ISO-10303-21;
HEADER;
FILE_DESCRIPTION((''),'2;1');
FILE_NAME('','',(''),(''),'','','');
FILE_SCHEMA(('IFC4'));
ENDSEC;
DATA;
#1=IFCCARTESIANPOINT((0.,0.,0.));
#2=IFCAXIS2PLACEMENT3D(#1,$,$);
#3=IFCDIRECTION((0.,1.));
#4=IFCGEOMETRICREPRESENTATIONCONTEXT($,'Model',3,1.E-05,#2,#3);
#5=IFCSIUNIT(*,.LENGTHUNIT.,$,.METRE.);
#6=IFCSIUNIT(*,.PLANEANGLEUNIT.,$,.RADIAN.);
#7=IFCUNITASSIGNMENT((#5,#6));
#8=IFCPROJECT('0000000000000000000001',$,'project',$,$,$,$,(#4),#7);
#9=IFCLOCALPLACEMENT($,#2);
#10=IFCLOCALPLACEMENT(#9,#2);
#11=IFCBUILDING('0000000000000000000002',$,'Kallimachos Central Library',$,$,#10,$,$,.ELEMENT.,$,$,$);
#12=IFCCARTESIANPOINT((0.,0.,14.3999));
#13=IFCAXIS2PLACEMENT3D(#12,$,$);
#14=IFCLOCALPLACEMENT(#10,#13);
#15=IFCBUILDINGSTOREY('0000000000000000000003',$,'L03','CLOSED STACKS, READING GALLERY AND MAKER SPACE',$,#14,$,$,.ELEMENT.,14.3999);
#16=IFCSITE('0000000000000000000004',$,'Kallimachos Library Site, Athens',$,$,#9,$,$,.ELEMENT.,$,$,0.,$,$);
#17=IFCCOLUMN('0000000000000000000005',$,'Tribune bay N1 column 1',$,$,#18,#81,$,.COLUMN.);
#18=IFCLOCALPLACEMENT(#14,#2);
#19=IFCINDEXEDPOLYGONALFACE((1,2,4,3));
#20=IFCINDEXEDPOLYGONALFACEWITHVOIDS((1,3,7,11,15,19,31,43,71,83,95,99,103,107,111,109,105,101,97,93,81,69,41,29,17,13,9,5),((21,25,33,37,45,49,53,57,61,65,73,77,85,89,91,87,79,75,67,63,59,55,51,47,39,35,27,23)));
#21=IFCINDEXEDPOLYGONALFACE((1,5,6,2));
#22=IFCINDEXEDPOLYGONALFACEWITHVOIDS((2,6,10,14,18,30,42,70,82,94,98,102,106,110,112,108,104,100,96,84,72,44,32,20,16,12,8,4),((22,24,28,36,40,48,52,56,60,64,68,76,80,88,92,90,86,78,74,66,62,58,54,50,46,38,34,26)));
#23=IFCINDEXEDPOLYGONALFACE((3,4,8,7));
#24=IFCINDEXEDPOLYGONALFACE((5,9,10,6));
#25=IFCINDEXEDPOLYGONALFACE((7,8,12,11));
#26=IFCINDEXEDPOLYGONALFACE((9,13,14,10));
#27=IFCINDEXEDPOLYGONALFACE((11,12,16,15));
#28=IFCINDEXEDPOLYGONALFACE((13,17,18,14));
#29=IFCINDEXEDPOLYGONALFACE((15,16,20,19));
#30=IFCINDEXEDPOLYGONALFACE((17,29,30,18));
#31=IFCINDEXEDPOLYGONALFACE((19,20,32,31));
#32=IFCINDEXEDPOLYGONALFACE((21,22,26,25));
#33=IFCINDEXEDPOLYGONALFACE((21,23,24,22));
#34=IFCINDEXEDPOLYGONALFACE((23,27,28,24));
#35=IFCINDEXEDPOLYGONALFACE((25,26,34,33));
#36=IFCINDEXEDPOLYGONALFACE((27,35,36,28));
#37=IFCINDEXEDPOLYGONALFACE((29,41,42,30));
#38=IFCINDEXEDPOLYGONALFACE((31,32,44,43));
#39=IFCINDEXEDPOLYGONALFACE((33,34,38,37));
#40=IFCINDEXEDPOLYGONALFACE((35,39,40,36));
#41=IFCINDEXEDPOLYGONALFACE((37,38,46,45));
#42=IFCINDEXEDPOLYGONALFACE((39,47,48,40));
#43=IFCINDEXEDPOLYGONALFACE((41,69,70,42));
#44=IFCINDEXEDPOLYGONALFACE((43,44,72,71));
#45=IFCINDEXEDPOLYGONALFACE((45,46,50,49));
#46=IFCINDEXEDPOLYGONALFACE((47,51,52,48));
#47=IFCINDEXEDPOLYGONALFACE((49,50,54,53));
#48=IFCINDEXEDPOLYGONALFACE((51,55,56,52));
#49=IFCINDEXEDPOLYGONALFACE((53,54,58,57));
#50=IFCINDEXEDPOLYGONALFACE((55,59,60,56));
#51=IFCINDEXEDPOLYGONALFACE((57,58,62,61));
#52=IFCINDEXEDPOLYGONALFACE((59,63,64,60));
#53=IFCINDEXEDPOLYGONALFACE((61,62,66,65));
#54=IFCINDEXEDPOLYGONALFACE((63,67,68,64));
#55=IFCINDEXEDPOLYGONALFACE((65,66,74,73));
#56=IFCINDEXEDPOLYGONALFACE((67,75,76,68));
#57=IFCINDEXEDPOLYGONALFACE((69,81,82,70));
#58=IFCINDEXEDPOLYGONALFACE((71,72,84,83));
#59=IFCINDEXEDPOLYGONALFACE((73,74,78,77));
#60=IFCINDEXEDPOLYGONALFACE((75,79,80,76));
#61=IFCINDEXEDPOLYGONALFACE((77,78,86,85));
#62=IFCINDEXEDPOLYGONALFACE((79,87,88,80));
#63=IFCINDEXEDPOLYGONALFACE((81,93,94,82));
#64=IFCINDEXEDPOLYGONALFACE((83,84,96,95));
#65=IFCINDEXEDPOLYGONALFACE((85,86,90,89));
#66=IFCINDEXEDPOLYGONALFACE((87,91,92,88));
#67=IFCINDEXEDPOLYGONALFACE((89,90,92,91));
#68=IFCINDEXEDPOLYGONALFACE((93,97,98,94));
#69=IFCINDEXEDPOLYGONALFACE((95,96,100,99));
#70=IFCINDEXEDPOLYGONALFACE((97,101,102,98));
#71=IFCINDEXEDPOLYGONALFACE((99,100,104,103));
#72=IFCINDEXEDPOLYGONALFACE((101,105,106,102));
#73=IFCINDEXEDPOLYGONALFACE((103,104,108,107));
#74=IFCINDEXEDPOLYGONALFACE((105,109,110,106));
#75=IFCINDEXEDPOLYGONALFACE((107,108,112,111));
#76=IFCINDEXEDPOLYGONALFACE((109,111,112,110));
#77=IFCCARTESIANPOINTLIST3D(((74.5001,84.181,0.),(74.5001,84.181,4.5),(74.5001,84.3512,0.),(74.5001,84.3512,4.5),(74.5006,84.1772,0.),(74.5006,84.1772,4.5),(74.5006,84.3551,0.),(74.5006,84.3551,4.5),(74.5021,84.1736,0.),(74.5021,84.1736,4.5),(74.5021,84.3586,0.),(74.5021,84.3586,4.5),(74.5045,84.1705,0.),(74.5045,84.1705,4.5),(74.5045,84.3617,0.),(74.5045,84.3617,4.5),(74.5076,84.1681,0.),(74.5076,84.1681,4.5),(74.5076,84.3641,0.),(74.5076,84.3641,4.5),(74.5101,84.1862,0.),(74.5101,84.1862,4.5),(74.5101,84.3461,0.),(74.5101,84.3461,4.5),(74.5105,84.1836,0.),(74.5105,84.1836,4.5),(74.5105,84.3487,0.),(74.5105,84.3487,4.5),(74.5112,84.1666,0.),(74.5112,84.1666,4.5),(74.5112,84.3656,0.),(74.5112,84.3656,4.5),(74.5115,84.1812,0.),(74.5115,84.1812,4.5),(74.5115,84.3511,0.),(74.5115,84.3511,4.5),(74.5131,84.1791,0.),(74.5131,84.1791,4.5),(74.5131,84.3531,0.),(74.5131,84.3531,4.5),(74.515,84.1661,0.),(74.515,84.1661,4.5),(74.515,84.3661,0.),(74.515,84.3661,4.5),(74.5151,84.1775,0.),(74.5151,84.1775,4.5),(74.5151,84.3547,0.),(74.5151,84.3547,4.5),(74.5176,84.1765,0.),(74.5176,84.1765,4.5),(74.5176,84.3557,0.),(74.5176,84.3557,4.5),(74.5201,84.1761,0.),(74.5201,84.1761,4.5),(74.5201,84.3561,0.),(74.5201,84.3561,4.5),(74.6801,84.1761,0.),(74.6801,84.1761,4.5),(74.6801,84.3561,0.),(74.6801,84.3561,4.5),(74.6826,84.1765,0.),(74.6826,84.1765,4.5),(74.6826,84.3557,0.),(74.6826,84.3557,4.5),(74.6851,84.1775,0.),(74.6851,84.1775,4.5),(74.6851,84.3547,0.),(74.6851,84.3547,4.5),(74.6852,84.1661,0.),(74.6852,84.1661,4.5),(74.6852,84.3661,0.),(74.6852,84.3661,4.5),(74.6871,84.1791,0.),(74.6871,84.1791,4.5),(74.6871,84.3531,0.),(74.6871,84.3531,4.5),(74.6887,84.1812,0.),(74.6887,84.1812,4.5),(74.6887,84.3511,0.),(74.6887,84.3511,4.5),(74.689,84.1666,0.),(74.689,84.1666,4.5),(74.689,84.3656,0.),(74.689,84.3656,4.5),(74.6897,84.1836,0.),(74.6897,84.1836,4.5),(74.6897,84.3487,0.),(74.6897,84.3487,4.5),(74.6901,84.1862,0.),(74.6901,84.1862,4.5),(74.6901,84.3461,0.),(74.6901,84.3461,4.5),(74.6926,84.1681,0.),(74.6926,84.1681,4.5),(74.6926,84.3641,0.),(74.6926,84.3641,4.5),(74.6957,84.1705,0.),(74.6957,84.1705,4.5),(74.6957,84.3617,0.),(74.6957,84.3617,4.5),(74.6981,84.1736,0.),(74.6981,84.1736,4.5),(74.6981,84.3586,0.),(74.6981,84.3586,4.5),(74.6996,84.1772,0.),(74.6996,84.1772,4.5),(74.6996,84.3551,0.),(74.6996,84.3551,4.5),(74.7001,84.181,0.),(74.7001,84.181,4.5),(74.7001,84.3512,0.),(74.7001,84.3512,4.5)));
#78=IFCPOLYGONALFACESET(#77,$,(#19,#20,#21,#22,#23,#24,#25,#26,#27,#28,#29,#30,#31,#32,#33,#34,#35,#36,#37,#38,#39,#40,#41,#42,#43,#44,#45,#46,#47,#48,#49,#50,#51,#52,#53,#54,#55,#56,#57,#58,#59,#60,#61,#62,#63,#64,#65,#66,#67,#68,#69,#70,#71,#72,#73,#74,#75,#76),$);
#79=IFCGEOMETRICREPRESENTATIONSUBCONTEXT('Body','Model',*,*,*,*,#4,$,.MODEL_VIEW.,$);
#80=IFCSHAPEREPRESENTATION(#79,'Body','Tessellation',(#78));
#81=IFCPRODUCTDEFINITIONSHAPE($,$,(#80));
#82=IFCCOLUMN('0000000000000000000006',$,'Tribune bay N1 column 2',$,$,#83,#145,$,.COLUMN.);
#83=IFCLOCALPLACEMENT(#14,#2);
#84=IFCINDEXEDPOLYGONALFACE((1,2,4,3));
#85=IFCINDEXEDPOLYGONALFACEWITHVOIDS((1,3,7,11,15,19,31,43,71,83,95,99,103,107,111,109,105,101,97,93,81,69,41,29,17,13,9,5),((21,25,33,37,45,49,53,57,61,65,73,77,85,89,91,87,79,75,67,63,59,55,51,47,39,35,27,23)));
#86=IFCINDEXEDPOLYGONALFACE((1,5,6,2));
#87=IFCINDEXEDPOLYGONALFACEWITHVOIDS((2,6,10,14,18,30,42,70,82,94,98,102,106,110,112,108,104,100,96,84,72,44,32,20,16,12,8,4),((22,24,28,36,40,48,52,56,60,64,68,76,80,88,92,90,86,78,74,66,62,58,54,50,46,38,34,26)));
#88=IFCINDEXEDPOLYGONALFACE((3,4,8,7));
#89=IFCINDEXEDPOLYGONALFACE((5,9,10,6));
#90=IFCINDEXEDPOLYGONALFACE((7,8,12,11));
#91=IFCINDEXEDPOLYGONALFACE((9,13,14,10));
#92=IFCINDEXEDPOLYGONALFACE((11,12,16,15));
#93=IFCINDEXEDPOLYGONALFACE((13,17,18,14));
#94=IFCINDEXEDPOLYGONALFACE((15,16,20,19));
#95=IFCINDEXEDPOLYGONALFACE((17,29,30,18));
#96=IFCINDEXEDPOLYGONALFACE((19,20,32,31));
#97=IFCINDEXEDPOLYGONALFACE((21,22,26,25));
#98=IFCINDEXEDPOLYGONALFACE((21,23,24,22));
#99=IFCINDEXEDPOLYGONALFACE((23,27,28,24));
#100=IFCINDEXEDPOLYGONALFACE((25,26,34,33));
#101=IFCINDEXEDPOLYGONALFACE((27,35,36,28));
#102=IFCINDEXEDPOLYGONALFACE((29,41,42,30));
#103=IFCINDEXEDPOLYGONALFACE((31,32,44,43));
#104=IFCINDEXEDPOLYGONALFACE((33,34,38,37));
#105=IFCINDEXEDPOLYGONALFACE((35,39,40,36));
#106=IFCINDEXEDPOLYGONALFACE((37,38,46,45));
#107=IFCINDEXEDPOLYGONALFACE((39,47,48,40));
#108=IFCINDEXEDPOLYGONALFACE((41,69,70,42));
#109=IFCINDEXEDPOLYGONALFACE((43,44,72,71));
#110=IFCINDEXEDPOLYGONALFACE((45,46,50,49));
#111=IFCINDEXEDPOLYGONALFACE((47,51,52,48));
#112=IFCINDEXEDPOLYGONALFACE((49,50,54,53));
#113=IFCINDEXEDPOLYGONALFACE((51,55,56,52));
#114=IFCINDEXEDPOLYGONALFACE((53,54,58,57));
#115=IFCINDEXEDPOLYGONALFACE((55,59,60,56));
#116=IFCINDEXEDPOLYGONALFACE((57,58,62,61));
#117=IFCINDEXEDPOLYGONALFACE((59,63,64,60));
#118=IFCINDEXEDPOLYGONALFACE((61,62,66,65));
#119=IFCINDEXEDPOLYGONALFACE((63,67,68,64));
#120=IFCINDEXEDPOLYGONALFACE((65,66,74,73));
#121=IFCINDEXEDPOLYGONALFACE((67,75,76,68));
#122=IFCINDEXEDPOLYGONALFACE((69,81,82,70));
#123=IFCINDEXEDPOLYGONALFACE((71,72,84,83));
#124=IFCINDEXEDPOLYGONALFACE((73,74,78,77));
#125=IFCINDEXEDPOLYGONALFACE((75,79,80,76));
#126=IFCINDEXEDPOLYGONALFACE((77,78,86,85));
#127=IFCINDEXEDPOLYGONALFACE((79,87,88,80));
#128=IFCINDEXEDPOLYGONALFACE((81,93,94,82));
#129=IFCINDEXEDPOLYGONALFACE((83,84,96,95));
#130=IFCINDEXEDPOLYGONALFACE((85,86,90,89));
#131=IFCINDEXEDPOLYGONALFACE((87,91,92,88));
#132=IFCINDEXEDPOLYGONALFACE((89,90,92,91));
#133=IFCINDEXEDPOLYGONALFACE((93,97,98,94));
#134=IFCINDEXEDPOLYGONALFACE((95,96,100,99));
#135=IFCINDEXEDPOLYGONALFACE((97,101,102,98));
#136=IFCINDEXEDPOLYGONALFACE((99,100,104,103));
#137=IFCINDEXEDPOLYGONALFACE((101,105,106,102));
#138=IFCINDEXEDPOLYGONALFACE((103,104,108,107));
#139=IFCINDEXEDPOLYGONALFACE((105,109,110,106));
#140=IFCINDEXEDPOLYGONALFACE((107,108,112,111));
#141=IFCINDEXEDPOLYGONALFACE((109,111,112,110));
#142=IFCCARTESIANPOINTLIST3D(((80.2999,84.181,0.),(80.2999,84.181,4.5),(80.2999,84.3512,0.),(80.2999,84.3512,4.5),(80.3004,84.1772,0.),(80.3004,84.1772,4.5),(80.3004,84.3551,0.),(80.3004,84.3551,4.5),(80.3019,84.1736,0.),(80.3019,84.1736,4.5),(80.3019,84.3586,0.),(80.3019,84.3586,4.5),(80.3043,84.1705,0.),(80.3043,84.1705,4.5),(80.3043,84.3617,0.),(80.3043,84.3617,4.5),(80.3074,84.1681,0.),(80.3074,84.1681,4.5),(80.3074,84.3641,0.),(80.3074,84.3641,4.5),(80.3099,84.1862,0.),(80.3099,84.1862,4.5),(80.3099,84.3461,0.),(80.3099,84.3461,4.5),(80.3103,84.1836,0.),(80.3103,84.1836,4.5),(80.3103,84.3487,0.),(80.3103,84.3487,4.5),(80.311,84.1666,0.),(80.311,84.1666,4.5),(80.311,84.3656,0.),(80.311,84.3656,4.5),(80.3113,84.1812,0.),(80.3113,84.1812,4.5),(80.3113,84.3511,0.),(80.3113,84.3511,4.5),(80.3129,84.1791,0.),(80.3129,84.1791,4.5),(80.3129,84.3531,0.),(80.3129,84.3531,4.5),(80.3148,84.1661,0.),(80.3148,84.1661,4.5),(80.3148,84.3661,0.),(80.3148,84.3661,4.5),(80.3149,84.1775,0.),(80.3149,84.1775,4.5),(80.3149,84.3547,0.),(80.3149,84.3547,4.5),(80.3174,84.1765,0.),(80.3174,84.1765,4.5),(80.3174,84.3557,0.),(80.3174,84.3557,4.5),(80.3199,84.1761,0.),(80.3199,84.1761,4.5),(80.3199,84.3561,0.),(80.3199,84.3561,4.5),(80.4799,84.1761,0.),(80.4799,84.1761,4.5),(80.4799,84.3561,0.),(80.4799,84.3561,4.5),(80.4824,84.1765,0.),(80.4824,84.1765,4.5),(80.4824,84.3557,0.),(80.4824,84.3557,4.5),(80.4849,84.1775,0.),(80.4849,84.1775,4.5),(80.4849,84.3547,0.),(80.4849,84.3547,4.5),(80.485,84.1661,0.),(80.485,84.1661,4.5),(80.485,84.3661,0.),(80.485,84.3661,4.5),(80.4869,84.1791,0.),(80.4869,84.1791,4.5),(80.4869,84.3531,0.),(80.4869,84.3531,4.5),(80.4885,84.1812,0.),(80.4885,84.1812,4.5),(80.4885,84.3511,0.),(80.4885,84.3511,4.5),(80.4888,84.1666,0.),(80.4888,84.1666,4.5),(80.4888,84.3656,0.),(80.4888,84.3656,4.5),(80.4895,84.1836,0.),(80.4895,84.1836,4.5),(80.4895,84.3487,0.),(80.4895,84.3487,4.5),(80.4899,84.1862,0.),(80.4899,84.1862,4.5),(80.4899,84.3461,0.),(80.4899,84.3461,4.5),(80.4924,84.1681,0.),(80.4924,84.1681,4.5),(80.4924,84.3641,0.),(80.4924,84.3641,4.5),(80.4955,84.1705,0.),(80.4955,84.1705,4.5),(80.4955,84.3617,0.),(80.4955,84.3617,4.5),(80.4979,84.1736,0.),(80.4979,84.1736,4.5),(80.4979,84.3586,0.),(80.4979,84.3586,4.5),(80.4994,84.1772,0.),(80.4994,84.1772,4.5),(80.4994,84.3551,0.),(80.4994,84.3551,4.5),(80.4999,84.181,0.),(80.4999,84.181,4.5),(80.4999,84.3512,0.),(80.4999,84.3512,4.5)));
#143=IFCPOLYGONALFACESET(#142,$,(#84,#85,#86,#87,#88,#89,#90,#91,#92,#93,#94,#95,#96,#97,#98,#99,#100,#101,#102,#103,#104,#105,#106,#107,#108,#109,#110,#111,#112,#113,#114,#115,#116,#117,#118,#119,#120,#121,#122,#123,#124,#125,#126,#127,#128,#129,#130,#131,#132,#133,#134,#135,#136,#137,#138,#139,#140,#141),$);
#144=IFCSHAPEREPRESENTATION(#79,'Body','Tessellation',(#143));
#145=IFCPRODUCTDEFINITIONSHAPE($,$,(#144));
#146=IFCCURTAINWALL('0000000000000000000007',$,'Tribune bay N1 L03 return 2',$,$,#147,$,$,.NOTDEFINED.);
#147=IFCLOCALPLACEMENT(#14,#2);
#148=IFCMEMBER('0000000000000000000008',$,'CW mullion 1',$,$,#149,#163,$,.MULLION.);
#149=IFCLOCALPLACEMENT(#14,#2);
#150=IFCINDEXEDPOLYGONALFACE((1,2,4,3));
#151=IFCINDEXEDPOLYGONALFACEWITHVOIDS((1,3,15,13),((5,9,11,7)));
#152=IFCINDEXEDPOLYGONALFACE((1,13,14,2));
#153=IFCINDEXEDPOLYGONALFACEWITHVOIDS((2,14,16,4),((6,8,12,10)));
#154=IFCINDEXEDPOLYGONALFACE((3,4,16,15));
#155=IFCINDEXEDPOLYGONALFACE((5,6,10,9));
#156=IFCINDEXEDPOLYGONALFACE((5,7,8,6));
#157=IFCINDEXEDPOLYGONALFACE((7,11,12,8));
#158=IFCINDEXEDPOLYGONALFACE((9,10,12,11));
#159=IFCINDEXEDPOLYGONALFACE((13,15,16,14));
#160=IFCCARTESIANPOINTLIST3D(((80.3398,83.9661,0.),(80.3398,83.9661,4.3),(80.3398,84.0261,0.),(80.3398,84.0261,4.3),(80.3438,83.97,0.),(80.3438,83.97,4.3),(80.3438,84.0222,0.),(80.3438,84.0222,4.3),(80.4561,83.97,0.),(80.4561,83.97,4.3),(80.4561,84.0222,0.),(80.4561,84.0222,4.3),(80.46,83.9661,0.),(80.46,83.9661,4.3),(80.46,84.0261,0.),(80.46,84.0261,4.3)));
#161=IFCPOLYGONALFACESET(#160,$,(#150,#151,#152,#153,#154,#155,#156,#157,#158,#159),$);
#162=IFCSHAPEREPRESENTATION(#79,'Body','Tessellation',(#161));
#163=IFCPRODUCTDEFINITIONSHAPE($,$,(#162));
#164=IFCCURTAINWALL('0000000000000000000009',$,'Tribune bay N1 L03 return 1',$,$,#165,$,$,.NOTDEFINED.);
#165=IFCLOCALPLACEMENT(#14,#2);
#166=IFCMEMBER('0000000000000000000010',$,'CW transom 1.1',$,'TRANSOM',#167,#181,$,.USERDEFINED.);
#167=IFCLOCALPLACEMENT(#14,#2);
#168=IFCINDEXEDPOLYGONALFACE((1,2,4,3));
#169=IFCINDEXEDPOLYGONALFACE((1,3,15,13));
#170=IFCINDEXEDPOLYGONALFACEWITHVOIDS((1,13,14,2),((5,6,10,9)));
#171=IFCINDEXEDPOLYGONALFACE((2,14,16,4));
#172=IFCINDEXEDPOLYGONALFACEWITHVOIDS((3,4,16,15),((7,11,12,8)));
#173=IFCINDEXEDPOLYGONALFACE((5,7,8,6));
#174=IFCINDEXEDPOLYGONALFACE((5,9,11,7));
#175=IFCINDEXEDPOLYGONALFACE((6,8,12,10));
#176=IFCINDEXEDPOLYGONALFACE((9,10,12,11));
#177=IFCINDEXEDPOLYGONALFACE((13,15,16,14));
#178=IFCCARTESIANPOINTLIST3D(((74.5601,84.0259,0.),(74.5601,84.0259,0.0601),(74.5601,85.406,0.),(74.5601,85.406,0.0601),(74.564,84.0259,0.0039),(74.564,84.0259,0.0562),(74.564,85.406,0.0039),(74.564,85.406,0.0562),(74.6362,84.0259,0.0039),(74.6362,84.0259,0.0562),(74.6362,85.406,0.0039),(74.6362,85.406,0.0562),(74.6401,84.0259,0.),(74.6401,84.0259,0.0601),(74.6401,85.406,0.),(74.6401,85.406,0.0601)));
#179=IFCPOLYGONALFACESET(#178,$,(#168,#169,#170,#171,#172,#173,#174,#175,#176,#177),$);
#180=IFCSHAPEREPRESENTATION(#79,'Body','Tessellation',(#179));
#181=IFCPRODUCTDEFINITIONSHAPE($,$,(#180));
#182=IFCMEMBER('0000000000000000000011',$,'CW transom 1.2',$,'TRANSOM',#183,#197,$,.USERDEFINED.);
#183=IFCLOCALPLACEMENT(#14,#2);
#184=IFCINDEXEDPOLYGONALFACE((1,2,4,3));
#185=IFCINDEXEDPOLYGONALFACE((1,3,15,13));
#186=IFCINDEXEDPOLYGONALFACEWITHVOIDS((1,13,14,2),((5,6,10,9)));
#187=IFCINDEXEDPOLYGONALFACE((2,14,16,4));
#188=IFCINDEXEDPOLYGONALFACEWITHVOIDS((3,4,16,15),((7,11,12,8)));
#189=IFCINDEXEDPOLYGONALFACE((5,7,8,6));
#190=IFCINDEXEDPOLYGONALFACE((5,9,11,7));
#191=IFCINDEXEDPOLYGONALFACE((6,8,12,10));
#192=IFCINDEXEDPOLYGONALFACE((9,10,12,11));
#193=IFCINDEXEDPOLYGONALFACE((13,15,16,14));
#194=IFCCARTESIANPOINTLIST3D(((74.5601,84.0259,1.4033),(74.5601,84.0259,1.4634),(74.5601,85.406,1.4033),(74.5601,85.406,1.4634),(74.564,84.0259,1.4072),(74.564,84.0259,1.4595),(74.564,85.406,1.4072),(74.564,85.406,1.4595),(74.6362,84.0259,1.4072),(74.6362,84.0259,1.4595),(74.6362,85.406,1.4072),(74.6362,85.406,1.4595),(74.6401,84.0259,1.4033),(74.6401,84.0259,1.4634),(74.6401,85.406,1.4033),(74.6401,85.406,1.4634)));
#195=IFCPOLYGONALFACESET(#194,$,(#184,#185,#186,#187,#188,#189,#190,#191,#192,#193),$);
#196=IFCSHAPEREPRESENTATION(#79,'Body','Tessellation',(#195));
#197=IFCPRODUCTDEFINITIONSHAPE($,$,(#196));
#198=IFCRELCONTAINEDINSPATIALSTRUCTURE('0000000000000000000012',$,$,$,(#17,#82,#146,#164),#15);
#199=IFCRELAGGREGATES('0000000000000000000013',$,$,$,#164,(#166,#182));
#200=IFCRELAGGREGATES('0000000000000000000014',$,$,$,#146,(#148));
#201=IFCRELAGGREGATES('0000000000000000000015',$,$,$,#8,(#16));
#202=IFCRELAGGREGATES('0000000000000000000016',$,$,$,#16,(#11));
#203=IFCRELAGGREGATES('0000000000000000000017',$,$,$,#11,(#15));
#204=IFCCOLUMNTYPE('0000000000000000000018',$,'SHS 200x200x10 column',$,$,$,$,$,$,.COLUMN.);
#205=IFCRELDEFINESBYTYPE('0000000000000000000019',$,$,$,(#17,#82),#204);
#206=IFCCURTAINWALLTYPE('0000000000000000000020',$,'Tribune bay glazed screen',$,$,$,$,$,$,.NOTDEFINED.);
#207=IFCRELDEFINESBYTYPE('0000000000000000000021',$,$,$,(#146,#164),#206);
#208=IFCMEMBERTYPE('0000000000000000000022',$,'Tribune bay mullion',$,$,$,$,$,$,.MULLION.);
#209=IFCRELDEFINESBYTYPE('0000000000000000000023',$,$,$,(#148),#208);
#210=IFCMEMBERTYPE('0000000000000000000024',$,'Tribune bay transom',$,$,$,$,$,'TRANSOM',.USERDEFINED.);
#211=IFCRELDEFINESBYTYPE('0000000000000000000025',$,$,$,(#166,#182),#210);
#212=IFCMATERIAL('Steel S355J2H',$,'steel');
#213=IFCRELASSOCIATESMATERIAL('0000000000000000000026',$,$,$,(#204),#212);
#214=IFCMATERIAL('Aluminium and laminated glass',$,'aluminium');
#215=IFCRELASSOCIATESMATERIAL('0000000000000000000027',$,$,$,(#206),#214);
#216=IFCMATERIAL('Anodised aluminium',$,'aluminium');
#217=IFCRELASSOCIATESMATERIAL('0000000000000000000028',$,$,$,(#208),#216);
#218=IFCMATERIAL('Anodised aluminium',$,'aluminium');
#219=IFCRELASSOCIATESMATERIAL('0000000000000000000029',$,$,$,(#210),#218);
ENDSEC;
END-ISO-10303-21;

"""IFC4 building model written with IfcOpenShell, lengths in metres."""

from ifc_helpers import new_model, si_unit, direction, frame, origin, origin_2d, place, context, subcontext, project, spatial, hollow_rectangle, extrude, material, material_profile, profile_set, type_object, element, aggregate, save


model = new_model("IFC4")

# Units and contexts
model_context = context("Model", 3, precision=1e-05, world=origin(), true_north=direction((0.0, 1.0)))
body_context = subcontext(model_context, "Body", "Model", "MODEL_VIEW")
ifc_project = project(units=[si_unit("LENGTHUNIT", "METRE"), si_unit("PLANEANGLEUNIT", "RADIAN")], contexts=[model_context])

# Site, building, storey
site_placement = place(None, origin())
site = spatial("IfcSite", under=ifc_project, at=site_placement, Name="Kallimachos Library Site, Athens", CompositionType="ELEMENT", RefElevation=0.0)
building_placement = place(site_placement, origin())
building = spatial("IfcBuilding", under=site, at=building_placement, Name="Kallimachos Central Library", CompositionType="ELEMENT")
storey_placement = place(building_placement, frame((0.0, 0.0, 14.3999)))
storey = spatial("IfcBuildingStorey", under=building, at=storey_placement, Name="L03", Description="CLOSED STACKS, READING GALLERY AND MAKER SPACE", CompositionType="ELEMENT", Elevation=14.3999)

# Columns
ifc_material_1 = material(Name="Steel S355J2H", Category="steel")
ifc_material_profile_1 = material_profile(ifc_material_1, hollow_rectangle(XDim=0.2, YDim=0.2, WallThickness=0.01, InnerFilletRadius=0.01, OuterFilletRadius=0.0149, at=origin_2d()), Name="SHS 200x200x10")
ifc_profile_set_1 = profile_set([ifc_material_profile_1], Name="Steel S355J2H")
column_type = type_object("IfcColumnType", Name="SHS 200x200x10 column", PredefinedType="COLUMN", material=ifc_profile_set_1)
for number, where, z_axis, x_axis, name in (
    (1, (74.6001, 84.2661, 0.0), (0.0, 0.0, 1.0), (1.0, 0.0, 0.0), "Tribune bay N1 column 1"),
    (2, (80.3999, 84.2661, 0.0), (0.0, 0.0, 1.0), (1.0, 0.0, 0.0), "Tribune bay N1 column 2"),
):
    element("IfcColumn", number, at=place(storey_placement, frame(where, z_axis=z_axis, x_axis=x_axis)), inside=storey, type_object=column_type, Name=name, PredefinedType="COLUMN", context=body_context, shape_type="SweptSolid", body=[
        extrude(hollow_rectangle(XDim=0.2, YDim=0.2, WallThickness=0.01, InnerFilletRadius=0.01, OuterFilletRadius=0.0149, at=origin_2d()), origin(), (0.0, 0.0, 1.0), 4.5),
    ])

# Curtain wall, member
ifc_material_2 = material(Name="Aluminium and laminated glass", Category="aluminium")
curtain_wall_type = type_object("IfcCurtainWallType", Name="Tribune bay glazed screen", PredefinedType="NOTDEFINED", material=ifc_material_2)
curtain_wall_1_placement = place(storey_placement, origin())
curtain_wall_1 = element("IfcCurtainWall", 3, at=curtain_wall_1_placement, inside=storey, type_object=curtain_wall_type, Name="Tribune bay N1 L03 return 2", PredefinedType="NOTDEFINED")
ifc_material_3 = material(Name="Anodised aluminium", Category="aluminium")
ifc_material_profile_2 = material_profile(ifc_material_3, hollow_rectangle(XDim=0.0601, YDim=0.1201, WallThickness=0.0039, at=origin_2d()), Name="ALU MULLION 60x120")
ifc_profile_set_2 = profile_set([ifc_material_profile_2], Name="Anodised aluminium")
member_type_1 = type_object("IfcMemberType", Name="Tribune bay mullion", PredefinedType="MULLION", material=ifc_profile_set_2)
member_1_placement = place(storey_placement, frame((80.3999, 83.9961, 0.0), z_axis=(0.0, 0.0, 1.0), x_axis=(0.0, 1.0, 0.0)))
member_1 = element("IfcMember", 4, at=member_1_placement, type_object=member_type_1, Name="CW mullion 1", PredefinedType="MULLION", context=body_context, shape_type="SweptSolid", body=[
    extrude(hollow_rectangle(XDim=0.0601, YDim=0.1201, WallThickness=0.0039, at=origin_2d()), origin(), (0.0, 0.0, 1.0), 4.3),
])

# Curtain wall, members
curtain_wall_2_placement = place(storey_placement, origin())
curtain_wall_2 = element("IfcCurtainWall", 5, at=curtain_wall_2_placement, inside=storey, type_object=curtain_wall_type, Name="Tribune bay N1 L03 return 1", PredefinedType="NOTDEFINED")
ifc_material_4 = material(Name="Anodised aluminium", Category="aluminium")
ifc_material_profile_3 = material_profile(ifc_material_4, hollow_rectangle(XDim=0.0601, YDim=0.0801, WallThickness=0.0039, at=origin_2d()), Name="ALU TRANSOM 60x80")
ifc_profile_set_3 = profile_set([ifc_material_profile_3], Name="Anodised aluminium")
member_type_2 = type_object("IfcMemberType", Name="Tribune bay transom", ElementType="TRANSOM", PredefinedType="USERDEFINED", material=ifc_profile_set_3)
member_2_placement = place(storey_placement, frame((74.6001, 84.0259, 0.03), z_axis=(0.0, 1.0, 0.0), x_axis=(0.0, 0.0, 1.0)))
member_2 = element("IfcMember", 6, at=member_2_placement, type_object=member_type_2, Name="CW transom 1.1", ObjectType="TRANSOM", PredefinedType="USERDEFINED", context=body_context, shape_type="SweptSolid", body=[
    extrude(hollow_rectangle(XDim=0.0601, YDim=0.0801, WallThickness=0.0039, at=origin_2d()), origin(), (0.0, 0.0, 1.0), 1.3801),
])
member_3_placement = place(storey_placement, frame((74.6001, 84.0259, 1.4333), z_axis=(0.0, 1.0, 0.0), x_axis=(0.0, 0.0, 1.0)))
member_3 = element("IfcMember", 7, at=member_3_placement, type_object=member_type_2, Name="CW transom 1.2", ObjectType="TRANSOM", PredefinedType="USERDEFINED", context=body_context, shape_type="SweptSolid", body=[
    extrude(hollow_rectangle(XDim=0.0601, YDim=0.0801, WallThickness=0.0039, at=origin_2d()), origin(), (0.0, 0.0, 1.0), 1.3801),
])

aggregate(curtain_wall_2, [member_2, member_3])
aggregate(curtain_wall_1, [member_1])

save(model, "model.ifc")
